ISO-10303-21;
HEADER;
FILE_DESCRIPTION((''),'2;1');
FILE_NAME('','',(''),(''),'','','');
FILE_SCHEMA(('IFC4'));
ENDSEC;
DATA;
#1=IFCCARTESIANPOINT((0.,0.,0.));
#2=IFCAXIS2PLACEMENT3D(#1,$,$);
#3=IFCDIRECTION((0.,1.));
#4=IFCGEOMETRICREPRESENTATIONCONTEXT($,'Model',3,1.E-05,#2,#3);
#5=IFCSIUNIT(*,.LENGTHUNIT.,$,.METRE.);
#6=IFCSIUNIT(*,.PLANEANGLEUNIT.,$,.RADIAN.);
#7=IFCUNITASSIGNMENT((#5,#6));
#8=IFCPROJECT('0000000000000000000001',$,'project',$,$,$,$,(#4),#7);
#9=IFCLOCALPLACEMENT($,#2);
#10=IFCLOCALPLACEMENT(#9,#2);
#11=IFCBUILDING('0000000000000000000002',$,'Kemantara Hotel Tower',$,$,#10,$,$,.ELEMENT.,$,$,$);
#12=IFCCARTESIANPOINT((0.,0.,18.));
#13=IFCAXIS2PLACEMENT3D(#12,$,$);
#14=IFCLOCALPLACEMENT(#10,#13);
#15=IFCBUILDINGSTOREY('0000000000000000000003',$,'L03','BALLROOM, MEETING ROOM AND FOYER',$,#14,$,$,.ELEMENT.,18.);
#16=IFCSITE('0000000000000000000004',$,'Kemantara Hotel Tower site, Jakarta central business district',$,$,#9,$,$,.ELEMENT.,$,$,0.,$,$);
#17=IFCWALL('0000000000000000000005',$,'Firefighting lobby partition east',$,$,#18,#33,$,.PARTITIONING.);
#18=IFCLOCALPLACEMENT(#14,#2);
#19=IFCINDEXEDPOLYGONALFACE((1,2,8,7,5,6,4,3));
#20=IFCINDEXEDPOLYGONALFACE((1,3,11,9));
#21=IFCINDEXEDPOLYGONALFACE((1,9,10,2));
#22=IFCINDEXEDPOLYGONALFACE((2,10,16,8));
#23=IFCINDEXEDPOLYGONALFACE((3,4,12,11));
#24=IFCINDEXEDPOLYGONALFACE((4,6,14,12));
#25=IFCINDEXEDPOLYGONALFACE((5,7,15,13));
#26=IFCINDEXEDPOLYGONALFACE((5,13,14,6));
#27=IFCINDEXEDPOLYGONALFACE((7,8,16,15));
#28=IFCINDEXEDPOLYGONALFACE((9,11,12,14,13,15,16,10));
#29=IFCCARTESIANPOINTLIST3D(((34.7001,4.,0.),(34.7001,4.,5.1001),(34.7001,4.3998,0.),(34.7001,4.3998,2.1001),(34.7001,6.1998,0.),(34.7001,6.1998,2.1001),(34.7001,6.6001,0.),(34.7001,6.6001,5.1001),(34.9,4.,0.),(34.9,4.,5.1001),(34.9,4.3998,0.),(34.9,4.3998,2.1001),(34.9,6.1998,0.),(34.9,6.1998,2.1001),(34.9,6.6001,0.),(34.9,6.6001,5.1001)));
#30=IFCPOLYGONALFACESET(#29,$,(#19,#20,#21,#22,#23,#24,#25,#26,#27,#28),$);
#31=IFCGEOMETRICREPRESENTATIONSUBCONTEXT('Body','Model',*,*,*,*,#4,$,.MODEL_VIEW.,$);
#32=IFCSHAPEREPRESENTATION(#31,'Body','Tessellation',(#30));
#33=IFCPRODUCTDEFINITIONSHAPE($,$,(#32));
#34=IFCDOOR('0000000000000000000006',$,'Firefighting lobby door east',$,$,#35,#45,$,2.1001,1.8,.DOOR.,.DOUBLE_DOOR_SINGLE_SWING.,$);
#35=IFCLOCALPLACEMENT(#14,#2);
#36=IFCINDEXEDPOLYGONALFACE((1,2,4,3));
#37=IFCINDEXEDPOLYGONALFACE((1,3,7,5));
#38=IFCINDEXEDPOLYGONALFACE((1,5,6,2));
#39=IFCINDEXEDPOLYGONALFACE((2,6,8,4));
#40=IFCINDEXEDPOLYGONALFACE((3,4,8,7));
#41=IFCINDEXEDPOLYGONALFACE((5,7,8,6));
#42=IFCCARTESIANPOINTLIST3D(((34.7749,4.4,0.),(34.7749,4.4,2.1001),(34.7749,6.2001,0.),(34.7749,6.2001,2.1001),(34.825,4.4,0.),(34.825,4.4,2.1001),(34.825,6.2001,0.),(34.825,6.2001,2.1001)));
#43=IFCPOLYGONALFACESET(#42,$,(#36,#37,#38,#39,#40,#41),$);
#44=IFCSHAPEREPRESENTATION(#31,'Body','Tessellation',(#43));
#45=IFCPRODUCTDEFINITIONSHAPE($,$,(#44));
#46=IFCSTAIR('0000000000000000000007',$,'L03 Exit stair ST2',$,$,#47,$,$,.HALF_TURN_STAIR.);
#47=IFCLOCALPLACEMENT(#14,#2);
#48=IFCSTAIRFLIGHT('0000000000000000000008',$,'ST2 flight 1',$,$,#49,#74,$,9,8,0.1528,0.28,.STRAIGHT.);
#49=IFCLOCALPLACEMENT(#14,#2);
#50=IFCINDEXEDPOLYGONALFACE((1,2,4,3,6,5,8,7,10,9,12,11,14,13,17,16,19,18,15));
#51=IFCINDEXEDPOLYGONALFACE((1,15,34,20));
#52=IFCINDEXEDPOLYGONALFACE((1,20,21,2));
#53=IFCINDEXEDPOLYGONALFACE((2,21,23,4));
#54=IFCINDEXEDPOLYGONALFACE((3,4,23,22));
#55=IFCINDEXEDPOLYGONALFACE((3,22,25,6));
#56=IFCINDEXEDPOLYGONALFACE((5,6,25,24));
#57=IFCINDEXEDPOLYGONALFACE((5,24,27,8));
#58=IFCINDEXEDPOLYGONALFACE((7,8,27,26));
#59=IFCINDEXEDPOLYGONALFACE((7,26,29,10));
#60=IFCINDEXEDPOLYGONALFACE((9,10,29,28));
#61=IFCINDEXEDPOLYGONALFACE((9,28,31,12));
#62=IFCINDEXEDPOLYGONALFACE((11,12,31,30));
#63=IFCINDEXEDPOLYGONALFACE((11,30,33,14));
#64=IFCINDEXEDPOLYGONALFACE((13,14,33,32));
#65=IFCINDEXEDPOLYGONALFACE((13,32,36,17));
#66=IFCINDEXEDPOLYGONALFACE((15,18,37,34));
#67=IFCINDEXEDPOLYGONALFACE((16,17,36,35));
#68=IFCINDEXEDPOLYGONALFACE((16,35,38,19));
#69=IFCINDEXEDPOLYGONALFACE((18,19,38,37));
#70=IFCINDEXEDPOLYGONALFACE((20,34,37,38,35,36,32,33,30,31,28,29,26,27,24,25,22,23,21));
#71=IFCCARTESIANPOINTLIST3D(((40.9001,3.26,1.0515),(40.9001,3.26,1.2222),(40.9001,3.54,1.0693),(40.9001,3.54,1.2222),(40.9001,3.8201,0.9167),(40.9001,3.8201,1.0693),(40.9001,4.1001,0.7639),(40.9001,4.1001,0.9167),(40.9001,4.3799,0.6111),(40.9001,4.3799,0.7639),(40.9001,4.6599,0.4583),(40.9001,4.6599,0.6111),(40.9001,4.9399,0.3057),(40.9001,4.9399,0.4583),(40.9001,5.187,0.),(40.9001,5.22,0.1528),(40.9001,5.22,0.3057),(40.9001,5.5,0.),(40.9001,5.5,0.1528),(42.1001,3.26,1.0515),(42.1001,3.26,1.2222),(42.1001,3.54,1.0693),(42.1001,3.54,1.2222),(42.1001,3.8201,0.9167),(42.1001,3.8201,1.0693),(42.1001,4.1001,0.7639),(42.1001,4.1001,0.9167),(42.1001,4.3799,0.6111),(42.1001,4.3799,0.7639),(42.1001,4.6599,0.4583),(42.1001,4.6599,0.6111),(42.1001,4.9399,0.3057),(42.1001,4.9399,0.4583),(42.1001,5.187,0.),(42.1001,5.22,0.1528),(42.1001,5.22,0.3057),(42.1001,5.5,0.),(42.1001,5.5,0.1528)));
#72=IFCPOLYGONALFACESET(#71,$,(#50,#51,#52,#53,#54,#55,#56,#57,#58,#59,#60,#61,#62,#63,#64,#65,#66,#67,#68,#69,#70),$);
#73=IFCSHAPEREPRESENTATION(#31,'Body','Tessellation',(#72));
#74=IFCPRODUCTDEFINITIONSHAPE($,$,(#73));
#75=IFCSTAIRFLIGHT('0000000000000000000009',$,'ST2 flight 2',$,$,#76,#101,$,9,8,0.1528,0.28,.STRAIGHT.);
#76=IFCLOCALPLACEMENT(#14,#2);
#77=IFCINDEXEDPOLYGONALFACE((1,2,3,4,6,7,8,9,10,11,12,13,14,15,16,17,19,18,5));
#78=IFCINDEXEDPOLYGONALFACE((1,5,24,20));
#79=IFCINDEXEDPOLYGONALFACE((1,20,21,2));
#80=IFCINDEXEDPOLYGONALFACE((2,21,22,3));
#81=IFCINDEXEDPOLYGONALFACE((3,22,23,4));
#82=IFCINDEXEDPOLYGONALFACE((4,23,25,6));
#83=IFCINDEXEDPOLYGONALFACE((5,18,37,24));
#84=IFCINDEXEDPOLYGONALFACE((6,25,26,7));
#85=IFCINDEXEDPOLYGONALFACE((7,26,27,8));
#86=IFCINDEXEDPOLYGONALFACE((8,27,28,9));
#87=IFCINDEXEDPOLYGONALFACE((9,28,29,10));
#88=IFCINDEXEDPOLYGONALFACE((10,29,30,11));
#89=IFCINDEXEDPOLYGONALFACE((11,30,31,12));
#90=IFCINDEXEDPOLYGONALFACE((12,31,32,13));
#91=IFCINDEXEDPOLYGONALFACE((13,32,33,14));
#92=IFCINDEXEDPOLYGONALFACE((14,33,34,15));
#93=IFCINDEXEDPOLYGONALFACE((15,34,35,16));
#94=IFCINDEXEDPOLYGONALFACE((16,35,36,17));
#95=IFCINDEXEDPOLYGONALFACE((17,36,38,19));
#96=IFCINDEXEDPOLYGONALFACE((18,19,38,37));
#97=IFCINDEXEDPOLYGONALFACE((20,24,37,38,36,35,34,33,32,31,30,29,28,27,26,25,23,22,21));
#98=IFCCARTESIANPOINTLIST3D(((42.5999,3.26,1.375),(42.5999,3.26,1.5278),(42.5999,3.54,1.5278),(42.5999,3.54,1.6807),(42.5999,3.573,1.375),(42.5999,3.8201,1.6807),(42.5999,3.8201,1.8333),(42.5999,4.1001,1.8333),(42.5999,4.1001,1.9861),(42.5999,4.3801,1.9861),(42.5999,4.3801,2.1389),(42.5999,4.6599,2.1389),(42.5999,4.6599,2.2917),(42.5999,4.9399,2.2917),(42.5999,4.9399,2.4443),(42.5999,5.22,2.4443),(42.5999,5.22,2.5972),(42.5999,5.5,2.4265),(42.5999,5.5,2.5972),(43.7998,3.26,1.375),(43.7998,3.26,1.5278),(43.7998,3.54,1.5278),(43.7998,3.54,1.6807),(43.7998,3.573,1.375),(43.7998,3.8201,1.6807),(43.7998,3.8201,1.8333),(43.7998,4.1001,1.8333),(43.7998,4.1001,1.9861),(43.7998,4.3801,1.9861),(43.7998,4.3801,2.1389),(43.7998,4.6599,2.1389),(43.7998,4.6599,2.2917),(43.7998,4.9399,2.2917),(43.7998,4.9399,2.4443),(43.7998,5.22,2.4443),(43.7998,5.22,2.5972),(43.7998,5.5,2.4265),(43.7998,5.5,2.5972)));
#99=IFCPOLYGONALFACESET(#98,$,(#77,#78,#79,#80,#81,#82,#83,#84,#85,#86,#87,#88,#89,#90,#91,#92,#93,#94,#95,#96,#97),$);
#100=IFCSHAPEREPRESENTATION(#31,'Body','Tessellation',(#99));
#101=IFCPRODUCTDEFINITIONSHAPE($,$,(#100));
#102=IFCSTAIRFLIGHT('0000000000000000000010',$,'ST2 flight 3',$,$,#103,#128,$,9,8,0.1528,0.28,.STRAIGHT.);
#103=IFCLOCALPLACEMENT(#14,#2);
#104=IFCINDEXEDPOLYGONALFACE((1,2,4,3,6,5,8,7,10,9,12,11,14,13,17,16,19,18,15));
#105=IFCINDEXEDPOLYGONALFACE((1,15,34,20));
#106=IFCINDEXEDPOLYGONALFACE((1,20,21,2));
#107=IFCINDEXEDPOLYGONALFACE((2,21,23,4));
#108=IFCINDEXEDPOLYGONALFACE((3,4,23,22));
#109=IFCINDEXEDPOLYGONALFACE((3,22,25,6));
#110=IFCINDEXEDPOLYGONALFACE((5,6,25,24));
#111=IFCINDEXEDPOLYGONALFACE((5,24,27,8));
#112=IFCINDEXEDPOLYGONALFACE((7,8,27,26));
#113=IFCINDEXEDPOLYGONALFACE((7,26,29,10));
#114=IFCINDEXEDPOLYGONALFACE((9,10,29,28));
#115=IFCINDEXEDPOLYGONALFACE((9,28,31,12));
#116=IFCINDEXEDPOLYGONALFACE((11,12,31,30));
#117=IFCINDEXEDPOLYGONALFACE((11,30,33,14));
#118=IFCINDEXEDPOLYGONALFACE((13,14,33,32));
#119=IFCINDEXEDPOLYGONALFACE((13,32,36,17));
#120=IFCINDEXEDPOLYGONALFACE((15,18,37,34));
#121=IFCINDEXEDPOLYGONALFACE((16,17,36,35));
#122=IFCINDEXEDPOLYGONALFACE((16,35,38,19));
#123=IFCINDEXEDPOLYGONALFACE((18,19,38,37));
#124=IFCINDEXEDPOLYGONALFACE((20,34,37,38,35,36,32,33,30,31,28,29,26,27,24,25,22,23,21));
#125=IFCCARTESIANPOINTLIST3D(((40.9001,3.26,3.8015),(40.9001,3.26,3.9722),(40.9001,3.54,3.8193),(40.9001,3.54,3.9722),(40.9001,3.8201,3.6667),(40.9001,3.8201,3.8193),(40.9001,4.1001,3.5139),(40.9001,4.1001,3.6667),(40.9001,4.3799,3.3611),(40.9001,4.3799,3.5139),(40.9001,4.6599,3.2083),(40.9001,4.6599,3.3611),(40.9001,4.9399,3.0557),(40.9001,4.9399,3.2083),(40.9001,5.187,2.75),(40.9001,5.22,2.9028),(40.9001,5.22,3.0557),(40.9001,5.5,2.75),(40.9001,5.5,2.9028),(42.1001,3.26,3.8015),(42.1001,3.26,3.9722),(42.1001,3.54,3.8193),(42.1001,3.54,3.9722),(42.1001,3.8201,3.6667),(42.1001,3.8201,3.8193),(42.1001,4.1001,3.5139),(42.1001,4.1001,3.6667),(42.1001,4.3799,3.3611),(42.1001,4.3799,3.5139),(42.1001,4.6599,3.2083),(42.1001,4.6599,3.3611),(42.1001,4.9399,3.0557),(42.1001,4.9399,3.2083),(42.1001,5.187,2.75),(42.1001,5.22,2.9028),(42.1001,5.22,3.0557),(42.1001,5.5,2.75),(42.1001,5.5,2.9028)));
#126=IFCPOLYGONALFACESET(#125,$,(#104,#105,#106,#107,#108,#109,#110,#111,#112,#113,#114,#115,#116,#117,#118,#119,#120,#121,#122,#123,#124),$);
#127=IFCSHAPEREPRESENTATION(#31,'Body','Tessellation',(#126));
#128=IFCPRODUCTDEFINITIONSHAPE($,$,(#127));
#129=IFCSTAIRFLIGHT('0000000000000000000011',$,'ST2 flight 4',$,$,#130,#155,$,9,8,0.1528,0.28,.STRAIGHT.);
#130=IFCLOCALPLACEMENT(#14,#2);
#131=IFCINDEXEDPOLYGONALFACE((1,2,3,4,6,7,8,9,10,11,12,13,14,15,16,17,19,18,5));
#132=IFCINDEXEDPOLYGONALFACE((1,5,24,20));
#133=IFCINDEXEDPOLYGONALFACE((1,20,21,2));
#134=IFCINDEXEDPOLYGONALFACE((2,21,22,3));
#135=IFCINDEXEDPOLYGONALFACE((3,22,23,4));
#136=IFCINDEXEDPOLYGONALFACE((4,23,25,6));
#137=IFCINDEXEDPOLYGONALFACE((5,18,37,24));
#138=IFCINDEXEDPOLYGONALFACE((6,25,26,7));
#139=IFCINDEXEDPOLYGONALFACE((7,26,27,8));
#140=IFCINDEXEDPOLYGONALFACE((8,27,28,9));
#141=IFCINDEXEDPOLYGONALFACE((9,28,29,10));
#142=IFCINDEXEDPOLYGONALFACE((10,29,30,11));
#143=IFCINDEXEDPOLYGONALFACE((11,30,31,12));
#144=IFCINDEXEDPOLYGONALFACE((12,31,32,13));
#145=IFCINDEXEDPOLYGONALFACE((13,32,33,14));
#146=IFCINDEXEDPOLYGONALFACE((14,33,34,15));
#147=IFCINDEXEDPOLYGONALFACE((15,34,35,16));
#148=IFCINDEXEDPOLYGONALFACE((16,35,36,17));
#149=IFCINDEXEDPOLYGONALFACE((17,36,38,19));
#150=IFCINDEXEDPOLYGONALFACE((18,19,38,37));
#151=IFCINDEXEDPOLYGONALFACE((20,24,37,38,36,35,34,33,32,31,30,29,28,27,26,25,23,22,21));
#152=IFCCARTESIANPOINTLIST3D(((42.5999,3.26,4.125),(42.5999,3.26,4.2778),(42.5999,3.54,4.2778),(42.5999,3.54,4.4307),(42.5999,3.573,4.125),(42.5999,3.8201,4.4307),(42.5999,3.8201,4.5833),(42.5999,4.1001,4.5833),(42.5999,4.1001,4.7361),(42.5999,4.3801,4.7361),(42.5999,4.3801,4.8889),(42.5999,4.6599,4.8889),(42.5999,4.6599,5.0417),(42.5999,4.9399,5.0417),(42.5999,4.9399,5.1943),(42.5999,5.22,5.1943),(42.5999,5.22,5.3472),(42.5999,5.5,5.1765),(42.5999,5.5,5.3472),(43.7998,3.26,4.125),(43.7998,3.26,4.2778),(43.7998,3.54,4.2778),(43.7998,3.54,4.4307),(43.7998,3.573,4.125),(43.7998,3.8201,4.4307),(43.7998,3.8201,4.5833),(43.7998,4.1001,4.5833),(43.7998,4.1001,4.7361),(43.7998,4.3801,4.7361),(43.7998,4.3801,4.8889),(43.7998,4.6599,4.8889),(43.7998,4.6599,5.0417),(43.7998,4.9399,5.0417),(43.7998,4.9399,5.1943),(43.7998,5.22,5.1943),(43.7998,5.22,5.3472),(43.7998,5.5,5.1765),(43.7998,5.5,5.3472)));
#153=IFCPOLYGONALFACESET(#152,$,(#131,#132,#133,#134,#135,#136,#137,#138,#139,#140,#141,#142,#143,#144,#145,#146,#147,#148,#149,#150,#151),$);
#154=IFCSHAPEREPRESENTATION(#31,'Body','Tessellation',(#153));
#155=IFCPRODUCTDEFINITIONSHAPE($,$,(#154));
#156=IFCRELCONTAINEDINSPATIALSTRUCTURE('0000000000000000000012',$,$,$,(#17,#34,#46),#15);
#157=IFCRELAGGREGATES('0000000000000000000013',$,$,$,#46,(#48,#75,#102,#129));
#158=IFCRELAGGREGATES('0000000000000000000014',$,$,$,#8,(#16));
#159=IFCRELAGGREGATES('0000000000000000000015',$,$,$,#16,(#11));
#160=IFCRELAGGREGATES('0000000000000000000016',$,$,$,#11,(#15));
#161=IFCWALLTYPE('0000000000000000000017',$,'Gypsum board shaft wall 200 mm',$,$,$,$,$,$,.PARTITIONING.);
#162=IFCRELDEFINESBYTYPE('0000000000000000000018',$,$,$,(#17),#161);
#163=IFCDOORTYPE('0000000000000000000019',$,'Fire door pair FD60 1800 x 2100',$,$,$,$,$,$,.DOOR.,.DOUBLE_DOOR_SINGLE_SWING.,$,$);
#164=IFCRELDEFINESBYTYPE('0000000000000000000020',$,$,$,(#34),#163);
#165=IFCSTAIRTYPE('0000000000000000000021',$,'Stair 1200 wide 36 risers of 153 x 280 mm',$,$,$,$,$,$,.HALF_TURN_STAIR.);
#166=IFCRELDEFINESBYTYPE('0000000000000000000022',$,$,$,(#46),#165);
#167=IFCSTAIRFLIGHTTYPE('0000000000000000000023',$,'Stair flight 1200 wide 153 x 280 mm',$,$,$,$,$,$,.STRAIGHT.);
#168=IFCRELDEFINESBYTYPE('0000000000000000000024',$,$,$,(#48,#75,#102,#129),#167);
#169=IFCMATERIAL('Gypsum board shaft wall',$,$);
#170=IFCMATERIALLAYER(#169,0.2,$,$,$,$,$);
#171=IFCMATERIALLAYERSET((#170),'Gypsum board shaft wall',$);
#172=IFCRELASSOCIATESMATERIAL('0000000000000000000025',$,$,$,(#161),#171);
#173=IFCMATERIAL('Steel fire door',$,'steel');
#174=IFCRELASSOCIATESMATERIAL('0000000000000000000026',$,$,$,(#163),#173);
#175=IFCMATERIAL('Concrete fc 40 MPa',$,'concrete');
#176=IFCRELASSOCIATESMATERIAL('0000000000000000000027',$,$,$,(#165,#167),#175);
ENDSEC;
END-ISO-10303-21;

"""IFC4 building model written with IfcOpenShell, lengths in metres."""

from ifc_helpers import new_model, si_unit, direction, frame, frame_2d, origin, place, context, subcontext, project, spatial, polyline, rectangle, outline, extrude, material, layer, layer_set, type_object, element, fill, aggregate, save


model = new_model("IFC4")

# Units and contexts
model_context = context("Model", 3, precision=1e-05, world=origin(), true_north=direction((0.0, 1.0)))
body_context = subcontext(model_context, "Body", "Model", "MODEL_VIEW")
ifc_project = project(units=[si_unit("LENGTHUNIT", "METRE"), si_unit("PLANEANGLEUNIT", "RADIAN")], contexts=[model_context])

# Site, building, storey
site_placement = place(None, origin())
site = spatial("IfcSite", under=ifc_project, at=site_placement, Name="Kemantara Hotel Tower site, Jakarta central business district", CompositionType="ELEMENT", RefElevation=0.0)
building_placement = place(site_placement, origin())
building = spatial("IfcBuilding", under=site, at=building_placement, Name="Kemantara Hotel Tower", CompositionType="ELEMENT")
storey_placement = place(building_placement, frame((0.0, 0.0, 18.0)))
storey = spatial("IfcBuildingStorey", under=building, at=storey_placement, Name="L03", Description="BALLROOM, MEETING ROOM AND FOYER", CompositionType="ELEMENT", Elevation=18.0)

# Shared definitions
ifc_material_1 = material(Name="Steel fire door", Category="steel")
ifc_material_2 = material(Name="Concrete fc 40 MPa", Category="concrete")

# Wall, opening, door
ifc_material_3 = material(Name="Gypsum board shaft wall")
ifc_layer_1 = layer(ifc_material_3, 0.2)
ifc_layer_set_1 = layer_set([ifc_layer_1], Name="Gypsum board shaft wall")
wall_type_1 = type_object("IfcWallType", Name="Gypsum board shaft wall 200 mm", PredefinedType="PARTITIONING", material=ifc_layer_set_1)
wall_1_placement = place(storey_placement, frame((34.8, 4.0, 0.0), z_axis=(0.0, 0.0, 1.0), x_axis=(0.0, 1.0, 0.0)))
wall_1 = element("IfcWall", 1, at=wall_1_placement, inside=storey, type_object=wall_type_1, Name="Firefighting lobby partition east", PredefinedType="PARTITIONING", context=body_context, shape_type="SweptSolid", body=[
    extrude(rectangle(XDim=2.6001, YDim=0.2, at=frame_2d((1.3, 0.0))), origin(), (0.0, 0.0, 1.0), 5.1001),
])
opening_1_placement = place(wall_1_placement, frame((0.3999, 0.0, 0.0)))
opening_1 = element("IfcOpeningElement", 2, at=opening_1_placement, cuts=wall_1, PredefinedType="OPENING", context=body_context, shape_type="SweptSolid", body=[
    extrude(rectangle(XDim=1.8, YDim=2.1001, at=frame_2d((0.8999, 1.05))), frame((0.0, 0.1099, 0.0), z_axis=(0.0, -1.0, 0.0), x_axis=(1.0, 0.0, 0.0)), (0.0, 0.0, 1.0), 0.22),
])
door_type_1 = type_object("IfcDoorType", Name="Fire door pair FD60 1800 x 2100", OperationType="DOUBLE_DOOR_SINGLE_SWING", PredefinedType="DOOR", material=ifc_material_1)
door_1_placement = place(opening_1_placement, frame((1.8, 0.0, 0.0), z_axis=(0.0, 0.0, 1.0), x_axis=(-1.0, 0.0, 0.0)))
door_1 = element("IfcDoor", 3, at=door_1_placement, inside=storey, type_object=door_type_1, Name="Firefighting lobby door east", OperationType="DOUBLE_DOOR_SINGLE_SWING", OverallHeight=2.1001, OverallWidth=1.8, PredefinedType="DOOR", context=body_context, shape_type="SweptSolid", body=[
    extrude(rectangle(XDim=1.8, YDim=2.1001, at=frame_2d((0.8999, 1.05))), frame((0.0, 0.0249, 0.0), z_axis=(0.0, -1.0, 0.0), x_axis=(1.0, 0.0, 0.0)), (0.0, 0.0, 1.0), 0.05),
])
fill(opening_1, door_1)

# Stair, stair flights
stair_type = type_object("IfcStairType", Name="Stair 1200 wide 36 risers of 153 x 280 mm", PredefinedType="HALF_TURN_STAIR", material=ifc_material_2)
stair_placement = place(storey_placement, origin())
stair = element("IfcStair", 4, at=stair_placement, inside=storey, type_object=stair_type, Name="L03 Exit stair ST2", PredefinedType="HALF_TURN_STAIR")
stair_flight_type = type_object("IfcStairFlightType", Name="Stair flight 1200 wide 153 x 280 mm", PredefinedType="STRAIGHT", material=ifc_material_2)
stair_flight_1_placement = place(storey_placement, frame((41.5, 5.5, 0.0), z_axis=(0.0, 0.0, 1.0), x_axis=(0.0, -1.0, 0.0)))
stair_flight_1 = element("IfcStairFlight", 5, at=stair_flight_1_placement, type_object=stair_flight_type, Name="ST2 flight 1", NumberOfRisers=9, NumberOfTreads=8, PredefinedType="STRAIGHT", RiserHeight=0.1528, TreadLength=0.28, context=body_context, shape_type="SweptSolid", body=[
    extrude(outline(polyline([(0.0, 0.0), (0.0, 0.1528), (0.28, 0.1528), (0.28, 0.3057), (0.5601, 0.3057), (0.5601, 0.4583), (0.8401, 0.4583), (0.8401, 0.6111), (1.1201, 0.6111), (1.1201, 0.7639), (1.3999, 0.7639), (1.3999, 0.9167), (1.6799, 0.9167), (1.6799, 1.0693), (1.96, 1.0693), (1.96, 1.2222), (2.24, 1.2222), (2.24, 1.375), (2.24, 1.0515), (0.313, 0.0), (0.0, 0.0)])), frame((0.0, 0.6001, 0.0), z_axis=(0.0, -1.0, 0.0), x_axis=(1.0, 0.0, 0.0)), (0.0, 0.0, 1.0), 1.2),
])
stair_flight_2_placement = place(storey_placement, frame((43.2, 3.26, 1.375), z_axis=(0.0, 0.0, 1.0), x_axis=(0.0, 1.0, 0.0)))
stair_flight_2 = element("IfcStairFlight", 6, at=stair_flight_2_placement, type_object=stair_flight_type, Name="ST2 flight 2", NumberOfRisers=9, NumberOfTreads=8, PredefinedType="STRAIGHT", RiserHeight=0.1528, TreadLength=0.28, context=body_context, shape_type="SweptSolid", body=[
    extrude(outline(polyline([(0.0, 0.0), (0.0, 0.1528), (0.28, 0.1528), (0.28, 0.3057), (0.5601, 0.3057), (0.5601, 0.4583), (0.8401, 0.4583), (0.8401, 0.6111), (1.1201, 0.6111), (1.1201, 0.7639), (1.3999, 0.7639), (1.3999, 0.9167), (1.6799, 0.9167), (1.6799, 1.0693), (1.96, 1.0693), (1.96, 1.2222), (2.24, 1.2222), (2.24, 1.375), (2.24, 1.0515), (0.313, 0.0), (0.0, 0.0)])), frame((0.0, 0.6001, 0.0), z_axis=(0.0, -1.0, 0.0), x_axis=(1.0, 0.0, 0.0)), (0.0, 0.0, 1.0), 1.2),
])
stair_flight_3_placement = place(storey_placement, frame((41.5, 5.5, 2.75), z_axis=(0.0, 0.0, 1.0), x_axis=(0.0, -1.0, 0.0)))
stair_flight_3 = element("IfcStairFlight", 7, at=stair_flight_3_placement, type_object=stair_flight_type, Name="ST2 flight 3", NumberOfRisers=9, NumberOfTreads=8, PredefinedType="STRAIGHT", RiserHeight=0.1528, TreadLength=0.28, context=body_context, shape_type="SweptSolid", body=[
    extrude(outline(polyline([(0.0, 0.0), (0.0, 0.1528), (0.28, 0.1528), (0.28, 0.3057), (0.5601, 0.3057), (0.5601, 0.4583), (0.8401, 0.4583), (0.8401, 0.6111), (1.1201, 0.6111), (1.1201, 0.7639), (1.3999, 0.7639), (1.3999, 0.9167), (1.6799, 0.9167), (1.6799, 1.0693), (1.96, 1.0693), (1.96, 1.2222), (2.24, 1.2222), (2.24, 1.375), (2.24, 1.0515), (0.313, 0.0), (0.0, 0.0)])), frame((0.0, 0.6001, 0.0), z_axis=(0.0, -1.0, 0.0), x_axis=(1.0, 0.0, 0.0)), (0.0, 0.0, 1.0), 1.2),
])
stair_flight_4_placement = place(storey_placement, frame((43.2, 3.26, 4.125), z_axis=(0.0, 0.0, 1.0), x_axis=(0.0, 1.0, 0.0)))
stair_flight_4 = element("IfcStairFlight", 8, at=stair_flight_4_placement, type_object=stair_flight_type, Name="ST2 flight 4", NumberOfRisers=9, NumberOfTreads=8, PredefinedType="STRAIGHT", RiserHeight=0.1528, TreadLength=0.28, context=body_context, shape_type="SweptSolid", body=[
    extrude(outline(polyline([(0.0, 0.0), (0.0, 0.1528), (0.28, 0.1528), (0.28, 0.3057), (0.5601, 0.3057), (0.5601, 0.4583), (0.8401, 0.4583), (0.8401, 0.6111), (1.1201, 0.6111), (1.1201, 0.7639), (1.3999, 0.7639), (1.3999, 0.9167), (1.6799, 0.9167), (1.6799, 1.0693), (1.96, 1.0693), (1.96, 1.2222), (2.24, 1.2222), (2.24, 1.375), (2.24, 1.0515), (0.313, 0.0), (0.0, 0.0)])), frame((0.0, 0.6001, 0.0), z_axis=(0.0, -1.0, 0.0), x_axis=(1.0, 0.0, 0.0)), (0.0, 0.0, 1.0), 1.2),
])
aggregate(stair, [stair_flight_1, stair_flight_2, stair_flight_3, stair_flight_4])

save(model, "model.ifc")
